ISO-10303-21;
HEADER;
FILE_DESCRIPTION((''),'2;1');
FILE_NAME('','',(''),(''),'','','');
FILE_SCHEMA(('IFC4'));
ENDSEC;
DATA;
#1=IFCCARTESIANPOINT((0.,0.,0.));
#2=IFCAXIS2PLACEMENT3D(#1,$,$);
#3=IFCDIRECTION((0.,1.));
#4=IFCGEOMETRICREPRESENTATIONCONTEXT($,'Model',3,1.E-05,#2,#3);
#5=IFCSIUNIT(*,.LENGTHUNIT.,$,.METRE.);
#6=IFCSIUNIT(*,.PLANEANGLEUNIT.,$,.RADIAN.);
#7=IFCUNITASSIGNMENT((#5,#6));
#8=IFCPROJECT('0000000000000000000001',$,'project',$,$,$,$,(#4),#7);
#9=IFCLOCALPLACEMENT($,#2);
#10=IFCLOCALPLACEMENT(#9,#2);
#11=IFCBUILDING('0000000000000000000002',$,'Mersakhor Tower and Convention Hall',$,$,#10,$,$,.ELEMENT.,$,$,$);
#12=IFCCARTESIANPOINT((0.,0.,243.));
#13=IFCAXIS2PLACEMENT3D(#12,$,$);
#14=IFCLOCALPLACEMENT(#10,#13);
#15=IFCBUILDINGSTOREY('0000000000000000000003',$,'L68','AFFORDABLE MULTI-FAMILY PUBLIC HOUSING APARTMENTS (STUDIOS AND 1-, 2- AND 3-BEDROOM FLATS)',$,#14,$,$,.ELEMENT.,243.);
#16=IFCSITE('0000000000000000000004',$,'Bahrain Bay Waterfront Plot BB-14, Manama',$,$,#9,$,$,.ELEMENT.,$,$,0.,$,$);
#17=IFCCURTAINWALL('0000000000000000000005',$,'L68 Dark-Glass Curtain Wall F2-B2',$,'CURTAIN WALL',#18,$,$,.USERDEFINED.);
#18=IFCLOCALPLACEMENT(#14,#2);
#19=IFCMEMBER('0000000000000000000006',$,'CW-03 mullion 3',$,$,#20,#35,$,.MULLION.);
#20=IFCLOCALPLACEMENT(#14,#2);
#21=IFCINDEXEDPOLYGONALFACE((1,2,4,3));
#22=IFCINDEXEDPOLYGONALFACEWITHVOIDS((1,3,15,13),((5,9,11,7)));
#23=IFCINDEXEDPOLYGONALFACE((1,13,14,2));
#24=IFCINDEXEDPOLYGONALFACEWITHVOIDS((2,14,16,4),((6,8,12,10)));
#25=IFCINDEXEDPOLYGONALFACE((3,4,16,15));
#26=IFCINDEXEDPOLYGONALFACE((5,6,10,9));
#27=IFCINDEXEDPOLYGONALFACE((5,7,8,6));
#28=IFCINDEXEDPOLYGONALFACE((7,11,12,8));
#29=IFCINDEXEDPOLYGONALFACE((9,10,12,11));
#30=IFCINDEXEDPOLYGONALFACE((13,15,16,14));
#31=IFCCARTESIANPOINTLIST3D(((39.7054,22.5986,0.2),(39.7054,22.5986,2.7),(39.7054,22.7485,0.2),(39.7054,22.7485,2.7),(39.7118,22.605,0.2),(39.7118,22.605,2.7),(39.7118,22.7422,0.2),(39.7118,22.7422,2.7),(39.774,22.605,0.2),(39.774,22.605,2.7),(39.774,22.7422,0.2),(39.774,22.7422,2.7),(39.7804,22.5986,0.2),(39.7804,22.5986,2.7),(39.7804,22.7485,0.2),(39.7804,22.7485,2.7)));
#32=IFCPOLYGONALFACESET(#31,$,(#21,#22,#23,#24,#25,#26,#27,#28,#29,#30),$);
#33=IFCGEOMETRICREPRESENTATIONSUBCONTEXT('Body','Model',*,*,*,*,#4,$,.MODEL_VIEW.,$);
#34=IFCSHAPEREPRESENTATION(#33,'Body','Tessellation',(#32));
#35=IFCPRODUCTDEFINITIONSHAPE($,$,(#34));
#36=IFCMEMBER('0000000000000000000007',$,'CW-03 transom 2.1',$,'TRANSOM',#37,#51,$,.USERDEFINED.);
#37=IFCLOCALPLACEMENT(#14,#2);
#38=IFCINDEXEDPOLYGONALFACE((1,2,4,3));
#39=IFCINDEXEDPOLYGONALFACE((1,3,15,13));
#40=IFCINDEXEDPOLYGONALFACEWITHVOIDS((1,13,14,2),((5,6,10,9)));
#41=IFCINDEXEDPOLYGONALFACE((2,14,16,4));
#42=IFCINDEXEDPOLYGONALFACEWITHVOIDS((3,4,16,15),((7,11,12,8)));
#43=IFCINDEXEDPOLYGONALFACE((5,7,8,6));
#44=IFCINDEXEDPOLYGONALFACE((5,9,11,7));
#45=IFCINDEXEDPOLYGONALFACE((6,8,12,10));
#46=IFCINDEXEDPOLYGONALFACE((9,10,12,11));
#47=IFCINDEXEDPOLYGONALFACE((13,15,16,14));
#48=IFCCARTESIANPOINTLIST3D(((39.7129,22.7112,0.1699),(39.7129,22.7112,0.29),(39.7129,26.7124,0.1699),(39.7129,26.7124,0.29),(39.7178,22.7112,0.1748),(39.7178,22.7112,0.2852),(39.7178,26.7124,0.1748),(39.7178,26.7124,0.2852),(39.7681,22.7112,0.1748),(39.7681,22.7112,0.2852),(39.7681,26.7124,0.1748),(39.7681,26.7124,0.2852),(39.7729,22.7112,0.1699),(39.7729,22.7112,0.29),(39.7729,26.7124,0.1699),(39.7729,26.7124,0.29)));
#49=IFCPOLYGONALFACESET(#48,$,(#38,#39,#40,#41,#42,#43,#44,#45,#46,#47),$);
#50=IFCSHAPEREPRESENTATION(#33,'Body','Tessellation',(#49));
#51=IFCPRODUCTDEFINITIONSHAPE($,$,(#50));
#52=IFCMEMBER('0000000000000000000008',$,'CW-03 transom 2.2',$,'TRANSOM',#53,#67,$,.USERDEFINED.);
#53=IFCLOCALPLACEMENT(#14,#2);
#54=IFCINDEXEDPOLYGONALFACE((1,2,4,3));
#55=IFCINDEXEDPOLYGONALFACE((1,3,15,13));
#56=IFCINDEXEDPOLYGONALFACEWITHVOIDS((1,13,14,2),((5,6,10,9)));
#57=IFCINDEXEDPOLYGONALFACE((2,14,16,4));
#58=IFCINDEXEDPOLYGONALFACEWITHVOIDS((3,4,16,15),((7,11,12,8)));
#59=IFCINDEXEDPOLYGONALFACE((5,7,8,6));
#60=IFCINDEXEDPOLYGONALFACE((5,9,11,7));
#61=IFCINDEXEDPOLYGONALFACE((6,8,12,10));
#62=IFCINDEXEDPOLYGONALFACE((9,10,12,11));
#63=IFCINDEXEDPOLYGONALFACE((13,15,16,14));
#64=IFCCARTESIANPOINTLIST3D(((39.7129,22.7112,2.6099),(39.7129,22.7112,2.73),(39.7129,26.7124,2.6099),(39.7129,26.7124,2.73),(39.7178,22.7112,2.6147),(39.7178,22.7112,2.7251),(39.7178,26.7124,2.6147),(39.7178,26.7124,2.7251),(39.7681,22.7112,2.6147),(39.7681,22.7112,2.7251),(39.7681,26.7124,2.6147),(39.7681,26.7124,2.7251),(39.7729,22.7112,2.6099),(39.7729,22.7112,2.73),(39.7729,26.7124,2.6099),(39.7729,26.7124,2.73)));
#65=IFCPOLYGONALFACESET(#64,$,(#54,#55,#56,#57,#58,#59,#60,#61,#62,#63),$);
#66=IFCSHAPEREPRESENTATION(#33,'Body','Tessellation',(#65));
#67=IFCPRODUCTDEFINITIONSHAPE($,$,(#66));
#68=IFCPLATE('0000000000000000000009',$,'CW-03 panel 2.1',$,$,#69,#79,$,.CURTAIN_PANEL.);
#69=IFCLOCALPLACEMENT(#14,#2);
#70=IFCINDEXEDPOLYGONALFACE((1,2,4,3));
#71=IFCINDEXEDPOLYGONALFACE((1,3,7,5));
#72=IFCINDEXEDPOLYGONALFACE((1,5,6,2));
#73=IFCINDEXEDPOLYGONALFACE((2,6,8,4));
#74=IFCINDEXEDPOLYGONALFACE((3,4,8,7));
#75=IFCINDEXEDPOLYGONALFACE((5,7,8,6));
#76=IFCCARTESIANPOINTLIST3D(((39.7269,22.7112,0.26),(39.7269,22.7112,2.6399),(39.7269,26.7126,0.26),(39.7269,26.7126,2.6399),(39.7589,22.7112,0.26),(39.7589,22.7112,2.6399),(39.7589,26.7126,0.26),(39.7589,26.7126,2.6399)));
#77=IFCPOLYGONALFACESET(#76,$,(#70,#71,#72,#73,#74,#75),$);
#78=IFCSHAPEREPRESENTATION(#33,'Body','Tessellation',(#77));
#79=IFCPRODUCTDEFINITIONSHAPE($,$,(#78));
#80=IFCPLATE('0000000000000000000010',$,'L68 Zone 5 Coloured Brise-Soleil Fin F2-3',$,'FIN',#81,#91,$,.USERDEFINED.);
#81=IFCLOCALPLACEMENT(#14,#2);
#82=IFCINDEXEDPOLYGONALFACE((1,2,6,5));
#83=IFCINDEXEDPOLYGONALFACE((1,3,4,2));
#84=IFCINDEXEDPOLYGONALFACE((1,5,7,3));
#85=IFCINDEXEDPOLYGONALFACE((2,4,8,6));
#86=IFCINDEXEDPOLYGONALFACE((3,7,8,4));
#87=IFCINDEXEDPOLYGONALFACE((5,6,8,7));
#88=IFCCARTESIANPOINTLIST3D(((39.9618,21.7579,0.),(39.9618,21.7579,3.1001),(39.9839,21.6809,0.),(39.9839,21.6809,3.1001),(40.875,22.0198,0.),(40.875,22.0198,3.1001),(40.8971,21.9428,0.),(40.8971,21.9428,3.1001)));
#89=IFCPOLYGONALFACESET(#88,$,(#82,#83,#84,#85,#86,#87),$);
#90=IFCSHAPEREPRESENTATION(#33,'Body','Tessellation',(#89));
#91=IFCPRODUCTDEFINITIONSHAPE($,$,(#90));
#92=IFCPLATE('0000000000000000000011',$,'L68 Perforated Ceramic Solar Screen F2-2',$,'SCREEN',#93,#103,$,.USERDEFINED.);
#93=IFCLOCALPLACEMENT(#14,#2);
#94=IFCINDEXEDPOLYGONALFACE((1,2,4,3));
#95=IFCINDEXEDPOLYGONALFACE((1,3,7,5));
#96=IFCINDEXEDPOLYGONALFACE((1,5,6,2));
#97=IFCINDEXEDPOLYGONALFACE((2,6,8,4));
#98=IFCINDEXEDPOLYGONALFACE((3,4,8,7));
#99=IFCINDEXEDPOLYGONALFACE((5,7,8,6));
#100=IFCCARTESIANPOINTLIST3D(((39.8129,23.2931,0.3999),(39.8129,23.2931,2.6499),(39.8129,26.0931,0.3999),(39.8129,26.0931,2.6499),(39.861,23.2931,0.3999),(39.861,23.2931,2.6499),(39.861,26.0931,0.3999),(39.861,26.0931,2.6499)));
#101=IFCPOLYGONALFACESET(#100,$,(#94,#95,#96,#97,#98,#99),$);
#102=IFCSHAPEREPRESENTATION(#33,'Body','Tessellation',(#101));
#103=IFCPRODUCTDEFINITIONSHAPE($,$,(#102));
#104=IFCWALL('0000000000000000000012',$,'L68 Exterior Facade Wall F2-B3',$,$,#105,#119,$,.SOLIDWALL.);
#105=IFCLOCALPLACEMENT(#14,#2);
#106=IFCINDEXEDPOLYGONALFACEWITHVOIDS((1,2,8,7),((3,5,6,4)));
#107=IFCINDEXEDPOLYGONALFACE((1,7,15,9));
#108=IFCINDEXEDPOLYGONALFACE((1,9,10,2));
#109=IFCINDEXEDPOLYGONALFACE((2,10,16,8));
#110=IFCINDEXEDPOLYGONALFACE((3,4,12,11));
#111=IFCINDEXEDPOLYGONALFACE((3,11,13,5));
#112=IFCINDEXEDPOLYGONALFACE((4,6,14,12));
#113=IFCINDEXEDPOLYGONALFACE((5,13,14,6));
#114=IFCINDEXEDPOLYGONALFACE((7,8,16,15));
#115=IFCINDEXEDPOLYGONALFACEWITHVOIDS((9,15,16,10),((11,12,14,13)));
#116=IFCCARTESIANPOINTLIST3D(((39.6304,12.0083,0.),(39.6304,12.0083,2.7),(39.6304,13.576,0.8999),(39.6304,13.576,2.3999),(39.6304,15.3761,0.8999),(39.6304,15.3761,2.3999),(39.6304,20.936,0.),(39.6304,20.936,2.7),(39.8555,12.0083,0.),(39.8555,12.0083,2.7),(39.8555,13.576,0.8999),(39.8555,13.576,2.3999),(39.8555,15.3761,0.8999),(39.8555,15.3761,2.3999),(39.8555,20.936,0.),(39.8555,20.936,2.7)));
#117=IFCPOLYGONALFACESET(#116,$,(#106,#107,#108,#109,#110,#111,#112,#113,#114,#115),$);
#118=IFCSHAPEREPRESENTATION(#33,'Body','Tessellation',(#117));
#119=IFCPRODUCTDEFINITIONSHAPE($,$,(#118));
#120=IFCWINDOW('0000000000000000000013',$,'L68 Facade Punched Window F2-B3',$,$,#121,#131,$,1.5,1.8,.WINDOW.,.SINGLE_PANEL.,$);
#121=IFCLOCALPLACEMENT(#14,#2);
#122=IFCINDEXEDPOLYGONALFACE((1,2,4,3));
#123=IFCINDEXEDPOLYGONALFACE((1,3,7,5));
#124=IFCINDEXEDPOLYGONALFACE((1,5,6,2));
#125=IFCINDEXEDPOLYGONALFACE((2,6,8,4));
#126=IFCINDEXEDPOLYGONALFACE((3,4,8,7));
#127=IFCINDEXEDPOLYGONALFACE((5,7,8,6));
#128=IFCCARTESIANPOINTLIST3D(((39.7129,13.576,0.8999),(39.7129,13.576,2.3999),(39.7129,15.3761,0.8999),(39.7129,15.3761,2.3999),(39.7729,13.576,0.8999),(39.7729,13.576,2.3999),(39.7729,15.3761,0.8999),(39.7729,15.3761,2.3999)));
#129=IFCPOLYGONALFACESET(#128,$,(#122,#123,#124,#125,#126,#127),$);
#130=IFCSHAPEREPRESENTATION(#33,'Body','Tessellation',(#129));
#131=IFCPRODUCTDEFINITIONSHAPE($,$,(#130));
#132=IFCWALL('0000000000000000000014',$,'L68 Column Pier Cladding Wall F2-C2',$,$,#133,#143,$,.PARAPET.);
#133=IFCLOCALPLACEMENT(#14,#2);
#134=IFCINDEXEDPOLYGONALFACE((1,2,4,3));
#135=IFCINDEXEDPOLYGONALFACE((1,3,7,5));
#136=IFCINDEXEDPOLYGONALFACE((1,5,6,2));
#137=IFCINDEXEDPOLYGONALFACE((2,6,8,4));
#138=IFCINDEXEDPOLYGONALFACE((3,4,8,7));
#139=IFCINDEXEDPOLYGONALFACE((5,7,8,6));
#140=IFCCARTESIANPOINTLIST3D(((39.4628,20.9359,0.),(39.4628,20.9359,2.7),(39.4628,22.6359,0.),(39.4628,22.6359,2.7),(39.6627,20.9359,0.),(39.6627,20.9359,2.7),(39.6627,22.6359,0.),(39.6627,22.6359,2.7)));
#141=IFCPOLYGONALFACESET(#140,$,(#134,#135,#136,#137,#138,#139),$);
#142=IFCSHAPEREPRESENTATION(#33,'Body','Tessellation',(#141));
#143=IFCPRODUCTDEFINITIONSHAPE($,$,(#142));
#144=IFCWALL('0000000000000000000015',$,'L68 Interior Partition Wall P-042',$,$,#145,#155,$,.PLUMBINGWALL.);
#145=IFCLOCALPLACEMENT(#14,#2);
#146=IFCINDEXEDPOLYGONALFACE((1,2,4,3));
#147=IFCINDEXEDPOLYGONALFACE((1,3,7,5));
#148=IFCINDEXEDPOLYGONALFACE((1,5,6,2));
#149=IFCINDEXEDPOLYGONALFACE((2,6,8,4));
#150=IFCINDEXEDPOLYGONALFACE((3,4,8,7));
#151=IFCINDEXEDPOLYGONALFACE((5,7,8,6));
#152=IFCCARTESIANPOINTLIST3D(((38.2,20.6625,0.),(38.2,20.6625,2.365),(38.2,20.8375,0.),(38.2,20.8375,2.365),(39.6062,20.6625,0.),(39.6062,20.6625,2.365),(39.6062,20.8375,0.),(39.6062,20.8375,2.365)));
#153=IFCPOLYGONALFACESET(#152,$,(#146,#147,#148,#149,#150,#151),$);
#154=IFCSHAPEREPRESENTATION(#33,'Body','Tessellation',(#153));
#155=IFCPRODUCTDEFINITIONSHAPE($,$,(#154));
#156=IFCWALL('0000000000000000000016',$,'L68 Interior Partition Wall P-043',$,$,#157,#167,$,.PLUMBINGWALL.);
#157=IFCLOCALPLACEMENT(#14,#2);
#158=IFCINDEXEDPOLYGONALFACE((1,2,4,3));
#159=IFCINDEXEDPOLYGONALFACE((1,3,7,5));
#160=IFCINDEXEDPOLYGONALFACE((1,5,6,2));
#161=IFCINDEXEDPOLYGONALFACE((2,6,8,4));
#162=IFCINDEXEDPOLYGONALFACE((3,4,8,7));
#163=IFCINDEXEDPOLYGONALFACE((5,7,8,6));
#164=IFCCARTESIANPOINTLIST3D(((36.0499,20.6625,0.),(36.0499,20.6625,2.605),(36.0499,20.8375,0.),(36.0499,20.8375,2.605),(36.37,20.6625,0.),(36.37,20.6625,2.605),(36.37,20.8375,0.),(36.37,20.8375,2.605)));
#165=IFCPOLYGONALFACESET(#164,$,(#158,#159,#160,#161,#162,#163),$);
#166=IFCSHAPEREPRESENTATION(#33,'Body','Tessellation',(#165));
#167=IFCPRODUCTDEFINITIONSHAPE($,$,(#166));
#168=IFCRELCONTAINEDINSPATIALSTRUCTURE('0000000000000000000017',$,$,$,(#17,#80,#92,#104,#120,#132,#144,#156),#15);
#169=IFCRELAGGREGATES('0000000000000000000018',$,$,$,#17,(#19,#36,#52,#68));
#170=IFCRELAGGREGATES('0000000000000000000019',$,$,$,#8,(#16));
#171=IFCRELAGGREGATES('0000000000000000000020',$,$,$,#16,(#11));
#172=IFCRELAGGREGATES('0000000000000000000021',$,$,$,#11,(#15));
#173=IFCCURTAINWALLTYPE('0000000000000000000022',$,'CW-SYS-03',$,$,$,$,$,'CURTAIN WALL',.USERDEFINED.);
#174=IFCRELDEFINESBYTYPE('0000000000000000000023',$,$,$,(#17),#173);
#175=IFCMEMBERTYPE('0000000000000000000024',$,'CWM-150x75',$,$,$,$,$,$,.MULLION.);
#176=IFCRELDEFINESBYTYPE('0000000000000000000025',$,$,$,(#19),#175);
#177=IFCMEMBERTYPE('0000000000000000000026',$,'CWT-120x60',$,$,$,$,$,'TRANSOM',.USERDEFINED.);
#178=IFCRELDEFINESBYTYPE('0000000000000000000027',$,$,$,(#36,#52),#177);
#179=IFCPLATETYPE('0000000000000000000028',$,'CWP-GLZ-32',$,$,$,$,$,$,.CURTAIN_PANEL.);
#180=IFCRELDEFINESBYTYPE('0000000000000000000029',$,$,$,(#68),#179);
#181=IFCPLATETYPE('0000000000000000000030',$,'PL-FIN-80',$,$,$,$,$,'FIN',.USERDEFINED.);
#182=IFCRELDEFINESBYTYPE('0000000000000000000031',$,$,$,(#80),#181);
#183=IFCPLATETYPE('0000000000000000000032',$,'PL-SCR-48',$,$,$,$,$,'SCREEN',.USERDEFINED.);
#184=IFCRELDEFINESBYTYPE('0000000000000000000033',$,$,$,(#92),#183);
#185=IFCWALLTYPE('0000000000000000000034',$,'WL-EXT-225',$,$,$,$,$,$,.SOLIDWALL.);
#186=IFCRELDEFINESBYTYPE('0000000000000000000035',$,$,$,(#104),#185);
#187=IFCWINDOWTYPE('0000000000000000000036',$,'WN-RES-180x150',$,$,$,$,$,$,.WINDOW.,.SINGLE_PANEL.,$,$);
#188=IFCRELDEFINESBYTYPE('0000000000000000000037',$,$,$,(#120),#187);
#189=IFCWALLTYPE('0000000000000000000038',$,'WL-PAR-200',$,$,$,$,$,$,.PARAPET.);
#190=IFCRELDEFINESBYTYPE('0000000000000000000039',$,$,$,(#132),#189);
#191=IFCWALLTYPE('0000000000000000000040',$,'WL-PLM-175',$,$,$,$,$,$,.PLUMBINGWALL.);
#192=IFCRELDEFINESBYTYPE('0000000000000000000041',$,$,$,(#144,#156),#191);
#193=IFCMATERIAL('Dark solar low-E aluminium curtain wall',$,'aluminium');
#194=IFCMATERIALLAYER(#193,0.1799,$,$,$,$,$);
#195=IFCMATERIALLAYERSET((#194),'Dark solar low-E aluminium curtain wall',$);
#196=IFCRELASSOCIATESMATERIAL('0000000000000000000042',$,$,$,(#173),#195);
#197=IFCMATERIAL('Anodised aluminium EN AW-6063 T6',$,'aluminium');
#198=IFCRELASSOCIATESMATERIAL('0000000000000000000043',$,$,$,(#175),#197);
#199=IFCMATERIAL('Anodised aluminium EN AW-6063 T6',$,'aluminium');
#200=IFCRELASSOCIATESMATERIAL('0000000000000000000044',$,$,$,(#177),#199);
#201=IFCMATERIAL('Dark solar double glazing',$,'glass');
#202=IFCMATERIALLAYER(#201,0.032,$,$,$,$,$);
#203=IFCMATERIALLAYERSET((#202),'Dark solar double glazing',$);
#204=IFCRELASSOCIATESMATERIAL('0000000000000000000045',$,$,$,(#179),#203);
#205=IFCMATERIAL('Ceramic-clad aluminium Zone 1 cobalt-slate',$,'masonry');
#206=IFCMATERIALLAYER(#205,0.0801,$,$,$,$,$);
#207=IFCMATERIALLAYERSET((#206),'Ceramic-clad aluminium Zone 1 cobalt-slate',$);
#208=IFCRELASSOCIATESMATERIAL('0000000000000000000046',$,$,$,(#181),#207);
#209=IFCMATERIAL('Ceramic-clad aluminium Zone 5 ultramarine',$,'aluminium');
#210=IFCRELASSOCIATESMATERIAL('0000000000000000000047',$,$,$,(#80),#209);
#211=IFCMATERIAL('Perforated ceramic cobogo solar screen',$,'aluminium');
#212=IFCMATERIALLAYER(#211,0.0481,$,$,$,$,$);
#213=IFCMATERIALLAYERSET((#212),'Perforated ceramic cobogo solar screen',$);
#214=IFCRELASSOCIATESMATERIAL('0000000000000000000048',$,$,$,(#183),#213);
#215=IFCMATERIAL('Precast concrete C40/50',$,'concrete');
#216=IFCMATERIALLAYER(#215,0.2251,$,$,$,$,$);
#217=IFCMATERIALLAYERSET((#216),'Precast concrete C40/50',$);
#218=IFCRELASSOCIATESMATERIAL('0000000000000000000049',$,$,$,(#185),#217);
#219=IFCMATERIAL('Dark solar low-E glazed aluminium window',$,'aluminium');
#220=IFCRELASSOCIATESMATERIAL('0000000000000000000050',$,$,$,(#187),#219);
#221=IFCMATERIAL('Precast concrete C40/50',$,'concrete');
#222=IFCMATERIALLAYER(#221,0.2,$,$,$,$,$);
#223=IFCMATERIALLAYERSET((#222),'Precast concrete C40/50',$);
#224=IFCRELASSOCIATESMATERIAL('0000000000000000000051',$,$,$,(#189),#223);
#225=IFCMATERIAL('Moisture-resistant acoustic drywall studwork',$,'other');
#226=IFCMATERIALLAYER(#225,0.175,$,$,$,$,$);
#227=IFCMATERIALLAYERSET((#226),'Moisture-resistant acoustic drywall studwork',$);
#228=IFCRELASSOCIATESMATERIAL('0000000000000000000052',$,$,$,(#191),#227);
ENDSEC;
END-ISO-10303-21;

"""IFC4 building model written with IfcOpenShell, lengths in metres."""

from ifc_helpers import new_model, si_unit, direction, frame, frame_2d, origin, origin_2d, place, context, subcontext, project, spatial, rectangle, hollow_rectangle, extrude, material, layer, layer_set, material_profile, profile_set, type_object, element, fill, aggregate, save


model = new_model("IFC4")

# Units and contexts
model_context = context("Model", 3, precision=1e-05, world=origin(), true_north=direction((0.0, 1.0)))
body_context = subcontext(model_context, "Body", "Model", "MODEL_VIEW")
ifc_project = project(units=[si_unit("LENGTHUNIT", "METRE"), si_unit("PLANEANGLEUNIT", "RADIAN")], contexts=[model_context])

# Site, building, storey
site_placement = place(None, origin())
site = spatial("IfcSite", under=ifc_project, at=site_placement, Name="Bahrain Bay Waterfront Plot BB-14, Manama", CompositionType="ELEMENT", RefElevation=0.0)
building_placement = place(site_placement, origin())
building = spatial("IfcBuilding", under=site, at=building_placement, Name="Mersakhor Tower and Convention Hall", CompositionType="ELEMENT")
storey_placement = place(building_placement, frame((0.0, 0.0, 243.0)))
storey = spatial("IfcBuildingStorey", under=building, at=storey_placement, Name="L68", Description="AFFORDABLE MULTI-FAMILY PUBLIC HOUSING APARTMENTS (STUDIOS AND 1-, 2- AND 3-BEDROOM FLATS)", CompositionType="ELEMENT", Elevation=243.0)

# Curtain wall, members, plate
ifc_material_1 = material(Name="Dark solar low-E aluminium curtain wall", Category="aluminium")
ifc_layer_1 = layer(ifc_material_1, 0.1799)
ifc_layer_set_1 = layer_set([ifc_layer_1], Name="Dark solar low-E aluminium curtain wall")
curtain_wall_type = type_object("IfcCurtainWallType", Name="CW-SYS-03", ElementType="CURTAIN WALL", PredefinedType="USERDEFINED", material=ifc_layer_set_1)
curtain_wall_placement = place(storey_placement, origin())
curtain_wall = element("IfcCurtainWall", 1, at=curtain_wall_placement, inside=storey, type_object=curtain_wall_type, Name="L68 Dark-Glass Curtain Wall F2-B2", ObjectType="CURTAIN WALL", PredefinedType="USERDEFINED")
ifc_material_2 = material(Name="Anodised aluminium EN AW-6063 T6", Category="aluminium")
ifc_material_profile_1 = material_profile(ifc_material_2, hollow_rectangle(XDim=0.075, YDim=0.1499, WallThickness=0.0063, at=origin_2d()), Name="RHS 150x75x6.3")
ifc_profile_set_1 = profile_set([ifc_material_profile_1], Name="Anodised aluminium EN AW-6063 T6")
member_type_1 = type_object("IfcMemberType", Name="CWM-150x75", PredefinedType="MULLION", material=ifc_profile_set_1)
member_1_placement = place(storey_placement, frame((39.7429, 22.6736, 0.2), z_axis=(0.0, 0.0, 1.0), x_axis=(1.0, 0.0, 0.0)))
member_1 = element("IfcMember", 2, at=member_1_placement, type_object=member_type_1, Name="CW-03 mullion 3", PredefinedType="MULLION", context=body_context, shape_type="SweptSolid", body=[
    extrude(hollow_rectangle(XDim=0.075, YDim=0.1499, WallThickness=0.0063, at=origin_2d()), origin(), (0.0, 0.0, 1.0), 2.5),
])
ifc_material_3 = material(Name="Anodised aluminium EN AW-6063 T6", Category="aluminium")
ifc_material_profile_2 = material_profile(ifc_material_3, hollow_rectangle(XDim=0.0601, YDim=0.1201, WallThickness=0.0049, at=origin_2d()), Name="RHS 120x60x5")
ifc_profile_set_2 = profile_set([ifc_material_profile_2], Name="Anodised aluminium EN AW-6063 T6")
member_type_2 = type_object("IfcMemberType", Name="CWT-120x60", ElementType="TRANSOM", PredefinedType="USERDEFINED", material=ifc_profile_set_2)
member_2_placement = place(storey_placement, frame((39.7429, 26.7124, 0.23), z_axis=(0.0, -1.0, 0.0), x_axis=(1.0, 0.0, 0.0)))
member_2 = element("IfcMember", 3, at=member_2_placement, type_object=member_type_2, Name="CW-03 transom 2.1", ObjectType="TRANSOM", PredefinedType="USERDEFINED", context=body_context, shape_type="SweptSolid", body=[
    extrude(hollow_rectangle(XDim=0.0601, YDim=0.1201, WallThickness=0.0049, at=origin_2d()), origin(), (0.0, 0.0, 1.0), 4.0012),
])
member_3_placement = place(storey_placement, frame((39.7429, 26.7124, 2.6699), z_axis=(0.0, -1.0, 0.0), x_axis=(1.0, 0.0, 0.0)))
member_3 = element("IfcMember", 4, at=member_3_placement, type_object=member_type_2, Name="CW-03 transom 2.2", ObjectType="TRANSOM", PredefinedType="USERDEFINED", context=body_context, shape_type="SweptSolid", body=[
    extrude(hollow_rectangle(XDim=0.0601, YDim=0.1201, WallThickness=0.0049, at=origin_2d()), origin(), (0.0, 0.0, 1.0), 4.0012),
])
ifc_material_4 = material(Name="Dark solar double glazing", Category="glass")
ifc_layer_2 = layer(ifc_material_4, 0.032)
ifc_layer_set_2 = layer_set([ifc_layer_2], Name="Dark solar double glazing")
plate_type_1 = type_object("IfcPlateType", Name="CWP-GLZ-32", PredefinedType="CURTAIN_PANEL", material=ifc_layer_set_2)
plate_1_placement = place(storey_placement, frame((39.7429, 24.7119, 0.26), z_axis=(0.0, 0.0, 1.0), x_axis=(0.0, -1.0, 0.0)))
plate_1 = element("IfcPlate", 5, at=plate_1_placement, type_object=plate_type_1, Name="CW-03 panel 2.1", PredefinedType="CURTAIN_PANEL", context=body_context, shape_type="SweptSolid", body=[
    extrude(rectangle(XDim=4.0015, YDim=0.032, at=origin_2d()), origin(), (0.0, 0.0, 1.0), 2.3799),
])
aggregate(curtain_wall, [member_1, member_2, member_3, plate_1])

# Plates
ifc_material_5 = material(Name="Ceramic-clad aluminium Zone 5 ultramarine", Category="aluminium")
ifc_material_6 = material(Name="Ceramic-clad aluminium Zone 1 cobalt-slate", Category="masonry")
ifc_layer_3 = layer(ifc_material_6, 0.0801)
ifc_layer_set_3 = layer_set([ifc_layer_3], Name="Ceramic-clad aluminium Zone 1 cobalt-slate")
plate_type_2 = type_object("IfcPlateType", Name="PL-FIN-80", ElementType="FIN", PredefinedType="USERDEFINED", material=ifc_layer_set_3)
plate_2_placement = place(storey_placement, frame((40.4294, 21.8503, 0.0), z_axis=(0.0, 0.0, 1.0), x_axis=(0.961262, 0.275637, 0.0)))
element("IfcPlate", 6, at=plate_2_placement, inside=storey, type_object=plate_type_2, material=ifc_material_5, Name="L68 Zone 5 Coloured Brise-Soleil Fin F2-3", ObjectType="FIN", PredefinedType="USERDEFINED", context=body_context, shape_type="SweptSolid", body=[
    extrude(rectangle(XDim=0.95, YDim=0.0801, at=origin_2d()), origin(), (0.0, 0.0, 1.0), 3.1001),
])
ifc_material_7 = material(Name="Perforated ceramic cobogo solar screen", Category="aluminium")
ifc_layer_4 = layer(ifc_material_7, 0.0481)
ifc_layer_set_4 = layer_set([ifc_layer_4], Name="Perforated ceramic cobogo solar screen")
plate_type_3 = type_object("IfcPlateType", Name="PL-SCR-48", ElementType="SCREEN", PredefinedType="USERDEFINED", material=ifc_layer_set_4)
plate_3_placement = place(storey_placement, frame((39.8369, 24.6931, 0.3999), z_axis=(0.0, 0.0, 1.0), x_axis=(0.0, -1.0, 0.0)))
element("IfcPlate", 7, at=plate_3_placement, inside=storey, type_object=plate_type_3, Name="L68 Perforated Ceramic Solar Screen F2-2", ObjectType="SCREEN", PredefinedType="USERDEFINED", context=body_context, shape_type="SweptSolid", body=[
    extrude(rectangle(XDim=2.8, YDim=0.0481, at=origin_2d()), origin(), (0.0, 0.0, 1.0), 2.25),
])

# Wall, opening, window
ifc_material_8 = material(Name="Precast concrete C40/50", Category="concrete")
ifc_layer_5 = layer(ifc_material_8, 0.2251)
ifc_layer_set_5 = layer_set([ifc_layer_5], Name="Precast concrete C40/50")
wall_type_1 = type_object("IfcWallType", Name="WL-EXT-225", PredefinedType="SOLIDWALL", material=ifc_layer_set_5)
wall_1_placement = place(storey_placement, frame((39.7429, 20.936, 0.0), z_axis=(0.0, 0.0, 1.0), x_axis=(0.0, -1.0, 0.0)))
wall_1 = element("IfcWall", 8, at=wall_1_placement, inside=storey, type_object=wall_type_1, Name="L68 Exterior Facade Wall F2-B3", PredefinedType="SOLIDWALL", context=body_context, shape_type="SweptSolid", body=[
    extrude(rectangle(XDim=8.9277, YDim=0.2251, at=frame_2d((4.4639, 0.0))), origin(), (0.0, 0.0, 1.0), 2.7),
])
opening_1_placement = place(wall_1_placement, frame((5.5601, 0.0, 0.8999)))
opening_1 = element("IfcOpeningElement", 9, at=opening_1_placement, cuts=wall_1, PredefinedType="OPENING", context=body_context, shape_type="SweptSolid", body=[
    extrude(rectangle(XDim=1.8, YDim=1.5, at=frame_2d((0.8999, 0.75))), frame((0.0, 0.1226, 0.0), z_axis=(0.0, -1.0, 0.0), x_axis=(1.0, 0.0, 0.0)), (0.0, 0.0, 1.0), 0.2451),
])
ifc_material_9 = material(Name="Dark solar low-E glazed aluminium window", Category="aluminium")
window_type = type_object("IfcWindowType", Name="WN-RES-180x150", PartitioningType="SINGLE_PANEL", PredefinedType="WINDOW", material=ifc_material_9)
window_placement = place(opening_1_placement, origin())
window = element("IfcWindow", 10, at=window_placement, inside=storey, type_object=window_type, Name="L68 Facade Punched Window F2-B3", OverallHeight=1.5, OverallWidth=1.8, PartitioningType="SINGLE_PANEL", PredefinedType="WINDOW", context=body_context, shape_type="SweptSolid", body=[
    extrude(rectangle(XDim=1.8, YDim=1.5, at=frame_2d((0.8999, 0.75))), frame((0.0, 0.03, 0.0), z_axis=(0.0, -1.0, 0.0), x_axis=(1.0, 0.0, 0.0)), (0.0, 0.0, 1.0), 0.0601),
])
fill(opening_1, window)

# Walls
ifc_material_10 = material(Name="Precast concrete C40/50", Category="concrete")
ifc_layer_6 = layer(ifc_material_10, 0.2)
ifc_layer_set_6 = layer_set([ifc_layer_6], Name="Precast concrete C40/50")
wall_type_2 = type_object("IfcWallType", Name="WL-PAR-200", PredefinedType="PARAPET", material=ifc_layer_set_6)
wall_2_placement = place(storey_placement, frame((39.5627, 22.636, 0.0), z_axis=(0.0, 0.0, 1.0), x_axis=(0.0, -1.0, 0.0)))
element("IfcWall", 11, at=wall_2_placement, inside=storey, type_object=wall_type_2, Name="L68 Column Pier Cladding Wall F2-C2", PredefinedType="PARAPET", context=body_context, shape_type="SweptSolid", body=[
    extrude(rectangle(XDim=1.7, YDim=0.2, at=frame_2d((0.8501, 0.0))), origin(), (0.0, 0.0, 1.0), 2.7),
])
ifc_material_11 = material(Name="Moisture-resistant acoustic drywall studwork", Category="other")
ifc_layer_7 = layer(ifc_material_11, 0.175)
ifc_layer_set_7 = layer_set([ifc_layer_7], Name="Moisture-resistant acoustic drywall studwork")
wall_type_3 = type_object("IfcWallType", Name="WL-PLM-175", PredefinedType="PLUMBINGWALL", material=ifc_layer_set_7)
wall_3_placement = place(storey_placement, frame((39.6062, 20.75, 0.0), z_axis=(0.0, 0.0, 1.0), x_axis=(-1.0, 0.0, 0.0)))
element("IfcWall", 12, at=wall_3_placement, inside=storey, type_object=wall_type_3, Name="L68 Interior Partition Wall P-042", PredefinedType="PLUMBINGWALL", context=body_context, shape_type="SweptSolid", body=[
    extrude(rectangle(XDim=1.4062, YDim=0.175, at=frame_2d((0.7031, 0.0))), origin(), (0.0, 0.0, 1.0), 2.365),
])
wall_4_placement = place(storey_placement, frame((36.3701, 20.75, 0.0), z_axis=(0.0, 0.0, 1.0), x_axis=(-1.0, 0.0, 0.0)))
element("IfcWall", 13, at=wall_4_placement, inside=storey, type_object=wall_type_3, Name="L68 Interior Partition Wall P-043", PredefinedType="PLUMBINGWALL", context=body_context, shape_type="SweptSolid", body=[
    extrude(rectangle(XDim=0.3201, YDim=0.175, at=frame_2d((0.1602, 0.0))), origin(), (0.0, 0.0, 1.0), 2.605),
])

save(model, "model.ifc")
